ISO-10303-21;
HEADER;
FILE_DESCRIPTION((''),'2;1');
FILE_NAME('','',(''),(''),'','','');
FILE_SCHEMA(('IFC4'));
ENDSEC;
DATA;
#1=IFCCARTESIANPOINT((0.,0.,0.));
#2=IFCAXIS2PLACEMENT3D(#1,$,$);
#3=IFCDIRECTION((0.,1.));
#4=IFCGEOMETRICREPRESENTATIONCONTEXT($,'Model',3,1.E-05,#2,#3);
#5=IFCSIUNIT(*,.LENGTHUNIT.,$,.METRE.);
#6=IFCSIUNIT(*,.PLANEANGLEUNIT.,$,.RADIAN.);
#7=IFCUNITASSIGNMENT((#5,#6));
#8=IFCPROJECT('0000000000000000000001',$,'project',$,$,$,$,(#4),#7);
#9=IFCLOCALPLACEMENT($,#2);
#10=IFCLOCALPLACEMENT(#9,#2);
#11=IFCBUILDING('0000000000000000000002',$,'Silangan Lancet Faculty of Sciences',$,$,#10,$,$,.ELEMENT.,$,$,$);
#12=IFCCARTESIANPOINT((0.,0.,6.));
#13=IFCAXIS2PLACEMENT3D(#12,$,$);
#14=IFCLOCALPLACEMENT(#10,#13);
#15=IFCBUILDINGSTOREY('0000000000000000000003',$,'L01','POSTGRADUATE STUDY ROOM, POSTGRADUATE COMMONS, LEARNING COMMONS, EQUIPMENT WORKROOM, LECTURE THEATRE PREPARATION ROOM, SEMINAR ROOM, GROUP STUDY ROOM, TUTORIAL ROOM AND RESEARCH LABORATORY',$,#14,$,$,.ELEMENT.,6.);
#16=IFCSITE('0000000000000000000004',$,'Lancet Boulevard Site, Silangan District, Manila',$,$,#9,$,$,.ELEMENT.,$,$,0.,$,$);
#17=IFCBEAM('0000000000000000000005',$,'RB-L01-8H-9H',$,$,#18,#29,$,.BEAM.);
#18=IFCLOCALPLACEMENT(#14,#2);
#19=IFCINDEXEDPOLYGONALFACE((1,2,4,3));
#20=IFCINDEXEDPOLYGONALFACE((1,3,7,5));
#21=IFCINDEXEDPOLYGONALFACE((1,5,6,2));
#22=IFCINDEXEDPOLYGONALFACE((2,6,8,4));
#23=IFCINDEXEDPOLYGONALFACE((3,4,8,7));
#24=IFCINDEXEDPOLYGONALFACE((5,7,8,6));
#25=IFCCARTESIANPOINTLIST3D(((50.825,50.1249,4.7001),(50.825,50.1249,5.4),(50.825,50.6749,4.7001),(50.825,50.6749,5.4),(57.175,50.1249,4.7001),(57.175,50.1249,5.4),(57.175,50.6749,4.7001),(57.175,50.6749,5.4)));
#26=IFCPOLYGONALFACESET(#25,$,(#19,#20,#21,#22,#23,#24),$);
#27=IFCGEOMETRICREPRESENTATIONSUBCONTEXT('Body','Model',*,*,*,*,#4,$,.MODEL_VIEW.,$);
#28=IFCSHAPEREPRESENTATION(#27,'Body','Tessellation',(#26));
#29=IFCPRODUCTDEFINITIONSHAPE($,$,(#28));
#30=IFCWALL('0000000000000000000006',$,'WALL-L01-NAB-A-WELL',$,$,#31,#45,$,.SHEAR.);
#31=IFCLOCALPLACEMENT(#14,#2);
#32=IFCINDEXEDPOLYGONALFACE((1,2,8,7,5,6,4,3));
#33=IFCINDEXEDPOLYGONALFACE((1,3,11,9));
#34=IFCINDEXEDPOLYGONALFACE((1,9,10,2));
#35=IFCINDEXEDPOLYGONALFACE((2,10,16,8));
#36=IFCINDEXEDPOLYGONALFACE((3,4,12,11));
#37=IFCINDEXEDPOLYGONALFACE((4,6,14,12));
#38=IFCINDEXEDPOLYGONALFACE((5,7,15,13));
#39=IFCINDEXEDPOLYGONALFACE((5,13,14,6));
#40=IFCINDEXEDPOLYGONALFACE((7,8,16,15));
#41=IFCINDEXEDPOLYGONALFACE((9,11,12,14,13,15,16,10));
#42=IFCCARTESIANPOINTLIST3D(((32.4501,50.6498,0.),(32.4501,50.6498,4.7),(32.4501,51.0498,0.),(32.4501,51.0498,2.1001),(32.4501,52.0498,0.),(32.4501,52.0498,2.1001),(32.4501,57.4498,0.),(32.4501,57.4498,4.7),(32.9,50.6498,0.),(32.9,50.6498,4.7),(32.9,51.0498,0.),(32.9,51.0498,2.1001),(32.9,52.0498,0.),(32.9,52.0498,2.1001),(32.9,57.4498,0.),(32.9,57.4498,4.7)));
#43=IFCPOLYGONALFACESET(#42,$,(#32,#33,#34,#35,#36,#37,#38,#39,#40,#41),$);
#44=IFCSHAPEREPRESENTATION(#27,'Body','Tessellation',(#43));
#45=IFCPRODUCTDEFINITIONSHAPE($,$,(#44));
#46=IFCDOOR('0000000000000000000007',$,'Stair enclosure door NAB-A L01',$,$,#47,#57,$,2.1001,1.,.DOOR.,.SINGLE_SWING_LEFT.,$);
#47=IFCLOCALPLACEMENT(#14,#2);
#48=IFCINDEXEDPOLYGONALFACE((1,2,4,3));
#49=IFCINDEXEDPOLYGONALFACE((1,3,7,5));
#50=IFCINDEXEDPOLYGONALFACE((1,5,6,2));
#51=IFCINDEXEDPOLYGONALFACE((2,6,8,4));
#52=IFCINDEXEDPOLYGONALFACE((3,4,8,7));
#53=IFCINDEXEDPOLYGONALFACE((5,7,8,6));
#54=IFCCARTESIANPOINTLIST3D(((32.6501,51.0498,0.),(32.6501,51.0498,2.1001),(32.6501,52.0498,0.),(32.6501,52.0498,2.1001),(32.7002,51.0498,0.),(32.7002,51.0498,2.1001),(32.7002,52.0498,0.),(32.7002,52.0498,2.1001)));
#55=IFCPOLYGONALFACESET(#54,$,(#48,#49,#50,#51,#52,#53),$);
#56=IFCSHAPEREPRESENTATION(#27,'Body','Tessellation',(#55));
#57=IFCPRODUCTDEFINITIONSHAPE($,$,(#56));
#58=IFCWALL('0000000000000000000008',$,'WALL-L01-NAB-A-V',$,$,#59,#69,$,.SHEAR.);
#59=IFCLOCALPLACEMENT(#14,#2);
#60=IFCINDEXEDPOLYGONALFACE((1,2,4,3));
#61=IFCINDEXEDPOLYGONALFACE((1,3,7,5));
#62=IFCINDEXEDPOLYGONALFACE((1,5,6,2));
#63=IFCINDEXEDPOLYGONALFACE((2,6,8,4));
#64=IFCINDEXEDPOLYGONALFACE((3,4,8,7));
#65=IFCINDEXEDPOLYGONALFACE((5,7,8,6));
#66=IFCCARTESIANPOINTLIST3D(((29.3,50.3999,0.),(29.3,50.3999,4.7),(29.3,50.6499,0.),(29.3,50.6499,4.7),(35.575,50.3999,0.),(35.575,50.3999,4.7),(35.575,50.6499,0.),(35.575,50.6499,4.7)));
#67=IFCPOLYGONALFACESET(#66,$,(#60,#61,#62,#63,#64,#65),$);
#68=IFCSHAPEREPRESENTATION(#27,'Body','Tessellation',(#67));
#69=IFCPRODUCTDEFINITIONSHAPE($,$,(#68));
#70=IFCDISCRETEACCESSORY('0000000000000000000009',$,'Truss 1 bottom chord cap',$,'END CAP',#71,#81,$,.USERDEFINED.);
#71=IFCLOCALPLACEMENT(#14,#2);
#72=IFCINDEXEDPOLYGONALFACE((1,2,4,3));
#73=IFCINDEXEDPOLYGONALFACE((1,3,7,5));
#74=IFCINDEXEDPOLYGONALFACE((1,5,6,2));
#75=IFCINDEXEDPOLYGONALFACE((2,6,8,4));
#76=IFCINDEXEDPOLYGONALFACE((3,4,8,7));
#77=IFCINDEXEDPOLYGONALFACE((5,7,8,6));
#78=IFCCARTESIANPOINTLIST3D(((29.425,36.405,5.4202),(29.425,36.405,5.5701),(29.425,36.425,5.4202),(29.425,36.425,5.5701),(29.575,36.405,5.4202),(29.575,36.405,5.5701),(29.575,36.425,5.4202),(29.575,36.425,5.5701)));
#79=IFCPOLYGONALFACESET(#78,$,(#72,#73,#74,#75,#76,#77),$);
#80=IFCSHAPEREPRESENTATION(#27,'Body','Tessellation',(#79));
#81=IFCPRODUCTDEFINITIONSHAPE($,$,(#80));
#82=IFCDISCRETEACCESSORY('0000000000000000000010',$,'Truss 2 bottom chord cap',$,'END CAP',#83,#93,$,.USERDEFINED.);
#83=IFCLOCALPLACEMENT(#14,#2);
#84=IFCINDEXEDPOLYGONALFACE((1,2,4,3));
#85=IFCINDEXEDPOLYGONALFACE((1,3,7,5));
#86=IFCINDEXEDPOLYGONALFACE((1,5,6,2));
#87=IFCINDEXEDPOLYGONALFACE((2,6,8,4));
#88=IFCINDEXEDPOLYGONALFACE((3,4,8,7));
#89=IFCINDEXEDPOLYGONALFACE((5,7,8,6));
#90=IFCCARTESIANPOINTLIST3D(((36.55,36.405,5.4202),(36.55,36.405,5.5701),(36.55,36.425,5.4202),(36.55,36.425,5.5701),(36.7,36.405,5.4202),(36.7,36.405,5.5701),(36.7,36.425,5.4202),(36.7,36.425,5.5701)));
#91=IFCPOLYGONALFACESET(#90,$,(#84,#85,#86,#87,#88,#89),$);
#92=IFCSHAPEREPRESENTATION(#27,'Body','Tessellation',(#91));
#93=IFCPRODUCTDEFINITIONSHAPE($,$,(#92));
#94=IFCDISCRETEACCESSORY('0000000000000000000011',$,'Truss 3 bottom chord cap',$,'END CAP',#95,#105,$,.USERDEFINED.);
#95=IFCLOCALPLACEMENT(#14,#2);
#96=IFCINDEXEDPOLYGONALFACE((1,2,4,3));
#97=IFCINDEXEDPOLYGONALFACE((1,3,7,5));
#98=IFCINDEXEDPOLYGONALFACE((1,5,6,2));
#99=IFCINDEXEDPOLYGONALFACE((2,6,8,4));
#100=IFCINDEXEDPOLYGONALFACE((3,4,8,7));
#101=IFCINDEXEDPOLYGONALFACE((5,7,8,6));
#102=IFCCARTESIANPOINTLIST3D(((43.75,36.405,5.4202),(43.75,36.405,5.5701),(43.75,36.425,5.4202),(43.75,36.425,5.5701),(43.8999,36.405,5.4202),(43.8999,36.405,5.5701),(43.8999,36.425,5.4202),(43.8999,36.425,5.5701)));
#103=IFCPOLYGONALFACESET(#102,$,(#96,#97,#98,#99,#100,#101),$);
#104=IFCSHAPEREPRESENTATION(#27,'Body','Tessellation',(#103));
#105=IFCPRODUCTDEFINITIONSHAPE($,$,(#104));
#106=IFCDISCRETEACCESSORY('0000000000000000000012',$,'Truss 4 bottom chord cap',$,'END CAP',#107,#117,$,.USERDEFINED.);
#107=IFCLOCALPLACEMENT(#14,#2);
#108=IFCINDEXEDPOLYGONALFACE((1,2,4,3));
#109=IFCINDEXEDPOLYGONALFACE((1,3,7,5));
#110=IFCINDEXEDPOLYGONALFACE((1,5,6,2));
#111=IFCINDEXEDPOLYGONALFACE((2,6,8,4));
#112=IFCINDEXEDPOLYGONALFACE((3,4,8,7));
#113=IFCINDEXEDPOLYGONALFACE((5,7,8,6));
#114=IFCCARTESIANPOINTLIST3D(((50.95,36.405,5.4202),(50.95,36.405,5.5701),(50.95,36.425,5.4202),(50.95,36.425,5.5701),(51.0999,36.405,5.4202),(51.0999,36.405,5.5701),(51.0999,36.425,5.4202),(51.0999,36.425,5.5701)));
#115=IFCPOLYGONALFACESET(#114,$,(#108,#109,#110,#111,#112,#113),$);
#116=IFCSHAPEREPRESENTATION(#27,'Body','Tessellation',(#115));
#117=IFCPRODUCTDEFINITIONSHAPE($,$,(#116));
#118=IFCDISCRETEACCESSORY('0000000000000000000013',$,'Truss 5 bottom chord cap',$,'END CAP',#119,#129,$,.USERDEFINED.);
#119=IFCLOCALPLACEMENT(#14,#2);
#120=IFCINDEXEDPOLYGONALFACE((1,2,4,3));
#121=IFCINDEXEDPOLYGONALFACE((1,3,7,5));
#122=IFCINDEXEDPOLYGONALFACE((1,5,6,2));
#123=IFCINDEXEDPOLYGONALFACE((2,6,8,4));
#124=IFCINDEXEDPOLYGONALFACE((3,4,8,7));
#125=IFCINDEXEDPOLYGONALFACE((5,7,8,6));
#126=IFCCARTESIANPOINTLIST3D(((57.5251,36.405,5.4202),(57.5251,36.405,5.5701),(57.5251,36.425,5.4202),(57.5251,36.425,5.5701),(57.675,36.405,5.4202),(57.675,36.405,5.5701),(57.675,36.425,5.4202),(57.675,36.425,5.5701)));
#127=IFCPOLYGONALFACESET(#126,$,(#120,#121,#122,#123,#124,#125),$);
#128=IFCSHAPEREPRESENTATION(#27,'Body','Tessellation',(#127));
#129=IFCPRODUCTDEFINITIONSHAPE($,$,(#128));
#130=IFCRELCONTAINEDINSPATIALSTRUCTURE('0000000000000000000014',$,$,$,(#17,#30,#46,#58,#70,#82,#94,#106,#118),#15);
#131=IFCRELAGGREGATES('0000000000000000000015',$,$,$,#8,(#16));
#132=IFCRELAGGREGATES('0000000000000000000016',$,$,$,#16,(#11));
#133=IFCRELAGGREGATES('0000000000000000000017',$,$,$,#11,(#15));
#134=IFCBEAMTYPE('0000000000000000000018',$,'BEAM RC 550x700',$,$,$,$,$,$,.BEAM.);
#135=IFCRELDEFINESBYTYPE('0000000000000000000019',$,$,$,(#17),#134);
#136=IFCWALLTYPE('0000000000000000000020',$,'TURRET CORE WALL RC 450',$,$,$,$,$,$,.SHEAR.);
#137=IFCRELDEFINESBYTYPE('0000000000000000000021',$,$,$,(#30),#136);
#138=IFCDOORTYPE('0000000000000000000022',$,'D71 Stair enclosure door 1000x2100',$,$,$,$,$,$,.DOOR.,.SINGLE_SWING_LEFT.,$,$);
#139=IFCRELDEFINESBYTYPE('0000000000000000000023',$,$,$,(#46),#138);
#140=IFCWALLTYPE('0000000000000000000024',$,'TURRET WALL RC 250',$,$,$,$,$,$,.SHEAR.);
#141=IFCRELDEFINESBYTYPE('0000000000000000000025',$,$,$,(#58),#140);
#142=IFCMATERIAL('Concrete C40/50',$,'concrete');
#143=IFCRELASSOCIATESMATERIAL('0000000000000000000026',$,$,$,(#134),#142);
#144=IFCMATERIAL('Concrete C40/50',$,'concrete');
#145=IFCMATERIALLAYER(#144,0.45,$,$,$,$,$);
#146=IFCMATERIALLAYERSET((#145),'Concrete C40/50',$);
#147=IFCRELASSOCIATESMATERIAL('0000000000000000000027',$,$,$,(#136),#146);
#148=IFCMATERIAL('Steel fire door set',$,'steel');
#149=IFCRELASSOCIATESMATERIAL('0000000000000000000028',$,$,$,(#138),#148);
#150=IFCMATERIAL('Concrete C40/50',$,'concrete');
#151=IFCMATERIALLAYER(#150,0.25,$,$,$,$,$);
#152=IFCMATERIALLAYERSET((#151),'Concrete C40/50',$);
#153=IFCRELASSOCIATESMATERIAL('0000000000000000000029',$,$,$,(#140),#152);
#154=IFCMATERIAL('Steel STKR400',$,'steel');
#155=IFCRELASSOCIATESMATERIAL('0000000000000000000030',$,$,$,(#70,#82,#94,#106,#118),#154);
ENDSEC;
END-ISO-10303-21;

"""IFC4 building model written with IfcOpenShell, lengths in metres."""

from ifc_helpers import new_model, si_unit, direction, frame, frame_2d, origin, origin_2d, place, context, subcontext, project, spatial, rectangle, extrude, material, layer, layer_set, material_profile, profile_set, type_object, element, fill, save


model = new_model("IFC4")

# Units and contexts
model_context = context("Model", 3, precision=1e-05, world=origin(), true_north=direction((0.0, 1.0)))
body_context = subcontext(model_context, "Body", "Model", "MODEL_VIEW")
ifc_project = project(units=[si_unit("LENGTHUNIT", "METRE"), si_unit("PLANEANGLEUNIT", "RADIAN")], contexts=[model_context])

# Site, building, storey
site_placement = place(None, origin())
site = spatial("IfcSite", under=ifc_project, at=site_placement, Name="Lancet Boulevard Site, Silangan District, Manila", CompositionType="ELEMENT", RefElevation=0.0)
building_placement = place(site_placement, origin())
building = spatial("IfcBuilding", under=site, at=building_placement, Name="Silangan Lancet Faculty of Sciences", CompositionType="ELEMENT")
storey_placement = place(building_placement, frame((0.0, 0.0, 6.0)))
storey = spatial("IfcBuildingStorey", under=building, at=storey_placement, Name="L01", Description="POSTGRADUATE STUDY ROOM, POSTGRADUATE COMMONS, LEARNING COMMONS, EQUIPMENT WORKROOM, LECTURE THEATRE PREPARATION ROOM, SEMINAR ROOM, GROUP STUDY ROOM, TUTORIAL ROOM AND RESEARCH LABORATORY", CompositionType="ELEMENT", Elevation=6.0)

# Beam
ifc_material_1 = material(Name="Concrete C40/50", Category="concrete")
ifc_material_profile_1 = material_profile(ifc_material_1, rectangle(XDim=0.55, YDim=0.7, at=origin_2d()), Name="RC 550x700")
ifc_profile_set_1 = profile_set([ifc_material_profile_1], Name="Concrete C40/50")
beam_type = type_object("IfcBeamType", Name="BEAM RC 550x700", PredefinedType="BEAM", material=ifc_profile_set_1)
for number, where, z_axis, x_axis, name in (
    (1, (50.825, 50.3999, 5.05), (1.0, 0.0, 0.0), (0.0, 1.0, 0.0), "RB-L01-8H-9H"),
):
    element("IfcBeam", number, at=place(storey_placement, frame(where, z_axis=z_axis, x_axis=x_axis)), inside=storey, type_object=beam_type, Name=name, PredefinedType="BEAM", context=body_context, shape_type="SweptSolid", body=[
        extrude(rectangle(XDim=0.55, YDim=0.7, at=origin_2d()), origin(), (0.0, 0.0, 1.0), 6.3501),
    ])

# Wall, opening, door
ifc_material_2 = material(Name="Concrete C40/50", Category="concrete")
ifc_layer_1 = layer(ifc_material_2, 0.45)
ifc_layer_set_1 = layer_set([ifc_layer_1], Name="Concrete C40/50")
wall_type_1 = type_object("IfcWallType", Name="TURRET CORE WALL RC 450", PredefinedType="SHEAR", material=ifc_layer_set_1)
wall_1_placement = place(storey_placement, frame((32.675, 50.6499, 0.0), z_axis=(0.0, 0.0, 1.0), x_axis=(0.0, 1.0, 0.0)))
wall_1 = element("IfcWall", 2, at=wall_1_placement, inside=storey, type_object=wall_type_1, Name="WALL-L01-NAB-A-WELL", PredefinedType="SHEAR", context=body_context, shape_type="SweptSolid", body=[
    extrude(rectangle(XDim=6.8, YDim=0.45, at=frame_2d((3.3999, 0.0))), origin(), (0.0, 0.0, 1.0), 4.7),
])
opening_placement = place(wall_1_placement, frame((0.3999, 0.0, 0.0)))
opening = element("IfcOpeningElement", 3, at=opening_placement, cuts=wall_1, PredefinedType="OPENING", context=body_context, shape_type="SweptSolid", body=[
    extrude(rectangle(XDim=1.0, YDim=2.1001, at=frame_2d((0.5, 1.05))), frame((0.0, 0.2349, 0.0), z_axis=(0.0, -1.0, 0.0), x_axis=(1.0, 0.0, 0.0)), (0.0, 0.0, 1.0), 0.47),
])
ifc_material_3 = material(Name="Steel fire door set", Category="steel")
door_type = type_object("IfcDoorType", Name="D71 Stair enclosure door 1000x2100", OperationType="SINGLE_SWING_LEFT", PredefinedType="DOOR", material=ifc_material_3)
door_placement = place(opening_placement, origin())
door = element("IfcDoor", 4, at=door_placement, inside=storey, type_object=door_type, Name="Stair enclosure door NAB-A L01", OperationType="SINGLE_SWING_LEFT", OverallHeight=2.1001, OverallWidth=1.0, PredefinedType="DOOR", context=body_context, shape_type="SweptSolid", body=[
    extrude(rectangle(XDim=1.0, YDim=2.1001, at=frame_2d((0.5, 1.05))), frame((0.0, 0.0249, 0.0), z_axis=(0.0, -1.0, 0.0), x_axis=(1.0, 0.0, 0.0)), (0.0, 0.0, 1.0), 0.05),
])
fill(opening, door)

# Wall
ifc_material_4 = material(Name="Concrete C40/50", Category="concrete")
ifc_layer_2 = layer(ifc_material_4, 0.25)
ifc_layer_set_2 = layer_set([ifc_layer_2], Name="Concrete C40/50")
wall_type_2 = type_object("IfcWallType", Name="TURRET WALL RC 250", PredefinedType="SHEAR", material=ifc_layer_set_2)
wall_2_placement = place(storey_placement, frame((29.3, 50.5249, 0.0), z_axis=(0.0, 0.0, 1.0), x_axis=(1.0, 0.0, 0.0)))
element("IfcWall", 5, at=wall_2_placement, inside=storey, type_object=wall_type_2, Name="WALL-L01-NAB-A-V", PredefinedType="SHEAR", context=body_context, shape_type="SweptSolid", body=[
    extrude(rectangle(XDim=6.2749, YDim=0.25, at=frame_2d((3.1375, 0.0))), origin(), (0.0, 0.0, 1.0), 4.7),
])

# Discrete accessories
ifc_material_5 = material(Name="Steel STKR400", Category="steel")
for number, where, z_axis, x_axis, name in (
    (6, (29.5, 36.415, 5.4202), (0.0, 0.0, 1.0), (1.0, 0.0, 0.0), "Truss 1 bottom chord cap"),
    (7, (36.625, 36.415, 5.4202), (0.0, 0.0, 1.0), (1.0, 0.0, 0.0), "Truss 2 bottom chord cap"),
    (8, (43.825, 36.415, 5.4202), (0.0, 0.0, 1.0), (1.0, 0.0, 0.0), "Truss 3 bottom chord cap"),
    (9, (51.0249, 36.415, 5.4202), (0.0, 0.0, 1.0), (1.0, 0.0, 0.0), "Truss 4 bottom chord cap"),
    (10, (57.6001, 36.415, 5.4202), (0.0, 0.0, 1.0), (1.0, 0.0, 0.0), "Truss 5 bottom chord cap"),
):
    element("IfcDiscreteAccessory", number, at=place(storey_placement, frame(where, z_axis=z_axis, x_axis=x_axis)), inside=storey, material=ifc_material_5, Name=name, ObjectType="END CAP", PredefinedType="USERDEFINED", context=body_context, shape_type="SweptSolid", body=[
        extrude(rectangle(XDim=0.1499, YDim=0.02, at=origin_2d()), origin(), (0.0, 0.0, 1.0), 0.1499),
    ])

save(model, "model.ifc")
